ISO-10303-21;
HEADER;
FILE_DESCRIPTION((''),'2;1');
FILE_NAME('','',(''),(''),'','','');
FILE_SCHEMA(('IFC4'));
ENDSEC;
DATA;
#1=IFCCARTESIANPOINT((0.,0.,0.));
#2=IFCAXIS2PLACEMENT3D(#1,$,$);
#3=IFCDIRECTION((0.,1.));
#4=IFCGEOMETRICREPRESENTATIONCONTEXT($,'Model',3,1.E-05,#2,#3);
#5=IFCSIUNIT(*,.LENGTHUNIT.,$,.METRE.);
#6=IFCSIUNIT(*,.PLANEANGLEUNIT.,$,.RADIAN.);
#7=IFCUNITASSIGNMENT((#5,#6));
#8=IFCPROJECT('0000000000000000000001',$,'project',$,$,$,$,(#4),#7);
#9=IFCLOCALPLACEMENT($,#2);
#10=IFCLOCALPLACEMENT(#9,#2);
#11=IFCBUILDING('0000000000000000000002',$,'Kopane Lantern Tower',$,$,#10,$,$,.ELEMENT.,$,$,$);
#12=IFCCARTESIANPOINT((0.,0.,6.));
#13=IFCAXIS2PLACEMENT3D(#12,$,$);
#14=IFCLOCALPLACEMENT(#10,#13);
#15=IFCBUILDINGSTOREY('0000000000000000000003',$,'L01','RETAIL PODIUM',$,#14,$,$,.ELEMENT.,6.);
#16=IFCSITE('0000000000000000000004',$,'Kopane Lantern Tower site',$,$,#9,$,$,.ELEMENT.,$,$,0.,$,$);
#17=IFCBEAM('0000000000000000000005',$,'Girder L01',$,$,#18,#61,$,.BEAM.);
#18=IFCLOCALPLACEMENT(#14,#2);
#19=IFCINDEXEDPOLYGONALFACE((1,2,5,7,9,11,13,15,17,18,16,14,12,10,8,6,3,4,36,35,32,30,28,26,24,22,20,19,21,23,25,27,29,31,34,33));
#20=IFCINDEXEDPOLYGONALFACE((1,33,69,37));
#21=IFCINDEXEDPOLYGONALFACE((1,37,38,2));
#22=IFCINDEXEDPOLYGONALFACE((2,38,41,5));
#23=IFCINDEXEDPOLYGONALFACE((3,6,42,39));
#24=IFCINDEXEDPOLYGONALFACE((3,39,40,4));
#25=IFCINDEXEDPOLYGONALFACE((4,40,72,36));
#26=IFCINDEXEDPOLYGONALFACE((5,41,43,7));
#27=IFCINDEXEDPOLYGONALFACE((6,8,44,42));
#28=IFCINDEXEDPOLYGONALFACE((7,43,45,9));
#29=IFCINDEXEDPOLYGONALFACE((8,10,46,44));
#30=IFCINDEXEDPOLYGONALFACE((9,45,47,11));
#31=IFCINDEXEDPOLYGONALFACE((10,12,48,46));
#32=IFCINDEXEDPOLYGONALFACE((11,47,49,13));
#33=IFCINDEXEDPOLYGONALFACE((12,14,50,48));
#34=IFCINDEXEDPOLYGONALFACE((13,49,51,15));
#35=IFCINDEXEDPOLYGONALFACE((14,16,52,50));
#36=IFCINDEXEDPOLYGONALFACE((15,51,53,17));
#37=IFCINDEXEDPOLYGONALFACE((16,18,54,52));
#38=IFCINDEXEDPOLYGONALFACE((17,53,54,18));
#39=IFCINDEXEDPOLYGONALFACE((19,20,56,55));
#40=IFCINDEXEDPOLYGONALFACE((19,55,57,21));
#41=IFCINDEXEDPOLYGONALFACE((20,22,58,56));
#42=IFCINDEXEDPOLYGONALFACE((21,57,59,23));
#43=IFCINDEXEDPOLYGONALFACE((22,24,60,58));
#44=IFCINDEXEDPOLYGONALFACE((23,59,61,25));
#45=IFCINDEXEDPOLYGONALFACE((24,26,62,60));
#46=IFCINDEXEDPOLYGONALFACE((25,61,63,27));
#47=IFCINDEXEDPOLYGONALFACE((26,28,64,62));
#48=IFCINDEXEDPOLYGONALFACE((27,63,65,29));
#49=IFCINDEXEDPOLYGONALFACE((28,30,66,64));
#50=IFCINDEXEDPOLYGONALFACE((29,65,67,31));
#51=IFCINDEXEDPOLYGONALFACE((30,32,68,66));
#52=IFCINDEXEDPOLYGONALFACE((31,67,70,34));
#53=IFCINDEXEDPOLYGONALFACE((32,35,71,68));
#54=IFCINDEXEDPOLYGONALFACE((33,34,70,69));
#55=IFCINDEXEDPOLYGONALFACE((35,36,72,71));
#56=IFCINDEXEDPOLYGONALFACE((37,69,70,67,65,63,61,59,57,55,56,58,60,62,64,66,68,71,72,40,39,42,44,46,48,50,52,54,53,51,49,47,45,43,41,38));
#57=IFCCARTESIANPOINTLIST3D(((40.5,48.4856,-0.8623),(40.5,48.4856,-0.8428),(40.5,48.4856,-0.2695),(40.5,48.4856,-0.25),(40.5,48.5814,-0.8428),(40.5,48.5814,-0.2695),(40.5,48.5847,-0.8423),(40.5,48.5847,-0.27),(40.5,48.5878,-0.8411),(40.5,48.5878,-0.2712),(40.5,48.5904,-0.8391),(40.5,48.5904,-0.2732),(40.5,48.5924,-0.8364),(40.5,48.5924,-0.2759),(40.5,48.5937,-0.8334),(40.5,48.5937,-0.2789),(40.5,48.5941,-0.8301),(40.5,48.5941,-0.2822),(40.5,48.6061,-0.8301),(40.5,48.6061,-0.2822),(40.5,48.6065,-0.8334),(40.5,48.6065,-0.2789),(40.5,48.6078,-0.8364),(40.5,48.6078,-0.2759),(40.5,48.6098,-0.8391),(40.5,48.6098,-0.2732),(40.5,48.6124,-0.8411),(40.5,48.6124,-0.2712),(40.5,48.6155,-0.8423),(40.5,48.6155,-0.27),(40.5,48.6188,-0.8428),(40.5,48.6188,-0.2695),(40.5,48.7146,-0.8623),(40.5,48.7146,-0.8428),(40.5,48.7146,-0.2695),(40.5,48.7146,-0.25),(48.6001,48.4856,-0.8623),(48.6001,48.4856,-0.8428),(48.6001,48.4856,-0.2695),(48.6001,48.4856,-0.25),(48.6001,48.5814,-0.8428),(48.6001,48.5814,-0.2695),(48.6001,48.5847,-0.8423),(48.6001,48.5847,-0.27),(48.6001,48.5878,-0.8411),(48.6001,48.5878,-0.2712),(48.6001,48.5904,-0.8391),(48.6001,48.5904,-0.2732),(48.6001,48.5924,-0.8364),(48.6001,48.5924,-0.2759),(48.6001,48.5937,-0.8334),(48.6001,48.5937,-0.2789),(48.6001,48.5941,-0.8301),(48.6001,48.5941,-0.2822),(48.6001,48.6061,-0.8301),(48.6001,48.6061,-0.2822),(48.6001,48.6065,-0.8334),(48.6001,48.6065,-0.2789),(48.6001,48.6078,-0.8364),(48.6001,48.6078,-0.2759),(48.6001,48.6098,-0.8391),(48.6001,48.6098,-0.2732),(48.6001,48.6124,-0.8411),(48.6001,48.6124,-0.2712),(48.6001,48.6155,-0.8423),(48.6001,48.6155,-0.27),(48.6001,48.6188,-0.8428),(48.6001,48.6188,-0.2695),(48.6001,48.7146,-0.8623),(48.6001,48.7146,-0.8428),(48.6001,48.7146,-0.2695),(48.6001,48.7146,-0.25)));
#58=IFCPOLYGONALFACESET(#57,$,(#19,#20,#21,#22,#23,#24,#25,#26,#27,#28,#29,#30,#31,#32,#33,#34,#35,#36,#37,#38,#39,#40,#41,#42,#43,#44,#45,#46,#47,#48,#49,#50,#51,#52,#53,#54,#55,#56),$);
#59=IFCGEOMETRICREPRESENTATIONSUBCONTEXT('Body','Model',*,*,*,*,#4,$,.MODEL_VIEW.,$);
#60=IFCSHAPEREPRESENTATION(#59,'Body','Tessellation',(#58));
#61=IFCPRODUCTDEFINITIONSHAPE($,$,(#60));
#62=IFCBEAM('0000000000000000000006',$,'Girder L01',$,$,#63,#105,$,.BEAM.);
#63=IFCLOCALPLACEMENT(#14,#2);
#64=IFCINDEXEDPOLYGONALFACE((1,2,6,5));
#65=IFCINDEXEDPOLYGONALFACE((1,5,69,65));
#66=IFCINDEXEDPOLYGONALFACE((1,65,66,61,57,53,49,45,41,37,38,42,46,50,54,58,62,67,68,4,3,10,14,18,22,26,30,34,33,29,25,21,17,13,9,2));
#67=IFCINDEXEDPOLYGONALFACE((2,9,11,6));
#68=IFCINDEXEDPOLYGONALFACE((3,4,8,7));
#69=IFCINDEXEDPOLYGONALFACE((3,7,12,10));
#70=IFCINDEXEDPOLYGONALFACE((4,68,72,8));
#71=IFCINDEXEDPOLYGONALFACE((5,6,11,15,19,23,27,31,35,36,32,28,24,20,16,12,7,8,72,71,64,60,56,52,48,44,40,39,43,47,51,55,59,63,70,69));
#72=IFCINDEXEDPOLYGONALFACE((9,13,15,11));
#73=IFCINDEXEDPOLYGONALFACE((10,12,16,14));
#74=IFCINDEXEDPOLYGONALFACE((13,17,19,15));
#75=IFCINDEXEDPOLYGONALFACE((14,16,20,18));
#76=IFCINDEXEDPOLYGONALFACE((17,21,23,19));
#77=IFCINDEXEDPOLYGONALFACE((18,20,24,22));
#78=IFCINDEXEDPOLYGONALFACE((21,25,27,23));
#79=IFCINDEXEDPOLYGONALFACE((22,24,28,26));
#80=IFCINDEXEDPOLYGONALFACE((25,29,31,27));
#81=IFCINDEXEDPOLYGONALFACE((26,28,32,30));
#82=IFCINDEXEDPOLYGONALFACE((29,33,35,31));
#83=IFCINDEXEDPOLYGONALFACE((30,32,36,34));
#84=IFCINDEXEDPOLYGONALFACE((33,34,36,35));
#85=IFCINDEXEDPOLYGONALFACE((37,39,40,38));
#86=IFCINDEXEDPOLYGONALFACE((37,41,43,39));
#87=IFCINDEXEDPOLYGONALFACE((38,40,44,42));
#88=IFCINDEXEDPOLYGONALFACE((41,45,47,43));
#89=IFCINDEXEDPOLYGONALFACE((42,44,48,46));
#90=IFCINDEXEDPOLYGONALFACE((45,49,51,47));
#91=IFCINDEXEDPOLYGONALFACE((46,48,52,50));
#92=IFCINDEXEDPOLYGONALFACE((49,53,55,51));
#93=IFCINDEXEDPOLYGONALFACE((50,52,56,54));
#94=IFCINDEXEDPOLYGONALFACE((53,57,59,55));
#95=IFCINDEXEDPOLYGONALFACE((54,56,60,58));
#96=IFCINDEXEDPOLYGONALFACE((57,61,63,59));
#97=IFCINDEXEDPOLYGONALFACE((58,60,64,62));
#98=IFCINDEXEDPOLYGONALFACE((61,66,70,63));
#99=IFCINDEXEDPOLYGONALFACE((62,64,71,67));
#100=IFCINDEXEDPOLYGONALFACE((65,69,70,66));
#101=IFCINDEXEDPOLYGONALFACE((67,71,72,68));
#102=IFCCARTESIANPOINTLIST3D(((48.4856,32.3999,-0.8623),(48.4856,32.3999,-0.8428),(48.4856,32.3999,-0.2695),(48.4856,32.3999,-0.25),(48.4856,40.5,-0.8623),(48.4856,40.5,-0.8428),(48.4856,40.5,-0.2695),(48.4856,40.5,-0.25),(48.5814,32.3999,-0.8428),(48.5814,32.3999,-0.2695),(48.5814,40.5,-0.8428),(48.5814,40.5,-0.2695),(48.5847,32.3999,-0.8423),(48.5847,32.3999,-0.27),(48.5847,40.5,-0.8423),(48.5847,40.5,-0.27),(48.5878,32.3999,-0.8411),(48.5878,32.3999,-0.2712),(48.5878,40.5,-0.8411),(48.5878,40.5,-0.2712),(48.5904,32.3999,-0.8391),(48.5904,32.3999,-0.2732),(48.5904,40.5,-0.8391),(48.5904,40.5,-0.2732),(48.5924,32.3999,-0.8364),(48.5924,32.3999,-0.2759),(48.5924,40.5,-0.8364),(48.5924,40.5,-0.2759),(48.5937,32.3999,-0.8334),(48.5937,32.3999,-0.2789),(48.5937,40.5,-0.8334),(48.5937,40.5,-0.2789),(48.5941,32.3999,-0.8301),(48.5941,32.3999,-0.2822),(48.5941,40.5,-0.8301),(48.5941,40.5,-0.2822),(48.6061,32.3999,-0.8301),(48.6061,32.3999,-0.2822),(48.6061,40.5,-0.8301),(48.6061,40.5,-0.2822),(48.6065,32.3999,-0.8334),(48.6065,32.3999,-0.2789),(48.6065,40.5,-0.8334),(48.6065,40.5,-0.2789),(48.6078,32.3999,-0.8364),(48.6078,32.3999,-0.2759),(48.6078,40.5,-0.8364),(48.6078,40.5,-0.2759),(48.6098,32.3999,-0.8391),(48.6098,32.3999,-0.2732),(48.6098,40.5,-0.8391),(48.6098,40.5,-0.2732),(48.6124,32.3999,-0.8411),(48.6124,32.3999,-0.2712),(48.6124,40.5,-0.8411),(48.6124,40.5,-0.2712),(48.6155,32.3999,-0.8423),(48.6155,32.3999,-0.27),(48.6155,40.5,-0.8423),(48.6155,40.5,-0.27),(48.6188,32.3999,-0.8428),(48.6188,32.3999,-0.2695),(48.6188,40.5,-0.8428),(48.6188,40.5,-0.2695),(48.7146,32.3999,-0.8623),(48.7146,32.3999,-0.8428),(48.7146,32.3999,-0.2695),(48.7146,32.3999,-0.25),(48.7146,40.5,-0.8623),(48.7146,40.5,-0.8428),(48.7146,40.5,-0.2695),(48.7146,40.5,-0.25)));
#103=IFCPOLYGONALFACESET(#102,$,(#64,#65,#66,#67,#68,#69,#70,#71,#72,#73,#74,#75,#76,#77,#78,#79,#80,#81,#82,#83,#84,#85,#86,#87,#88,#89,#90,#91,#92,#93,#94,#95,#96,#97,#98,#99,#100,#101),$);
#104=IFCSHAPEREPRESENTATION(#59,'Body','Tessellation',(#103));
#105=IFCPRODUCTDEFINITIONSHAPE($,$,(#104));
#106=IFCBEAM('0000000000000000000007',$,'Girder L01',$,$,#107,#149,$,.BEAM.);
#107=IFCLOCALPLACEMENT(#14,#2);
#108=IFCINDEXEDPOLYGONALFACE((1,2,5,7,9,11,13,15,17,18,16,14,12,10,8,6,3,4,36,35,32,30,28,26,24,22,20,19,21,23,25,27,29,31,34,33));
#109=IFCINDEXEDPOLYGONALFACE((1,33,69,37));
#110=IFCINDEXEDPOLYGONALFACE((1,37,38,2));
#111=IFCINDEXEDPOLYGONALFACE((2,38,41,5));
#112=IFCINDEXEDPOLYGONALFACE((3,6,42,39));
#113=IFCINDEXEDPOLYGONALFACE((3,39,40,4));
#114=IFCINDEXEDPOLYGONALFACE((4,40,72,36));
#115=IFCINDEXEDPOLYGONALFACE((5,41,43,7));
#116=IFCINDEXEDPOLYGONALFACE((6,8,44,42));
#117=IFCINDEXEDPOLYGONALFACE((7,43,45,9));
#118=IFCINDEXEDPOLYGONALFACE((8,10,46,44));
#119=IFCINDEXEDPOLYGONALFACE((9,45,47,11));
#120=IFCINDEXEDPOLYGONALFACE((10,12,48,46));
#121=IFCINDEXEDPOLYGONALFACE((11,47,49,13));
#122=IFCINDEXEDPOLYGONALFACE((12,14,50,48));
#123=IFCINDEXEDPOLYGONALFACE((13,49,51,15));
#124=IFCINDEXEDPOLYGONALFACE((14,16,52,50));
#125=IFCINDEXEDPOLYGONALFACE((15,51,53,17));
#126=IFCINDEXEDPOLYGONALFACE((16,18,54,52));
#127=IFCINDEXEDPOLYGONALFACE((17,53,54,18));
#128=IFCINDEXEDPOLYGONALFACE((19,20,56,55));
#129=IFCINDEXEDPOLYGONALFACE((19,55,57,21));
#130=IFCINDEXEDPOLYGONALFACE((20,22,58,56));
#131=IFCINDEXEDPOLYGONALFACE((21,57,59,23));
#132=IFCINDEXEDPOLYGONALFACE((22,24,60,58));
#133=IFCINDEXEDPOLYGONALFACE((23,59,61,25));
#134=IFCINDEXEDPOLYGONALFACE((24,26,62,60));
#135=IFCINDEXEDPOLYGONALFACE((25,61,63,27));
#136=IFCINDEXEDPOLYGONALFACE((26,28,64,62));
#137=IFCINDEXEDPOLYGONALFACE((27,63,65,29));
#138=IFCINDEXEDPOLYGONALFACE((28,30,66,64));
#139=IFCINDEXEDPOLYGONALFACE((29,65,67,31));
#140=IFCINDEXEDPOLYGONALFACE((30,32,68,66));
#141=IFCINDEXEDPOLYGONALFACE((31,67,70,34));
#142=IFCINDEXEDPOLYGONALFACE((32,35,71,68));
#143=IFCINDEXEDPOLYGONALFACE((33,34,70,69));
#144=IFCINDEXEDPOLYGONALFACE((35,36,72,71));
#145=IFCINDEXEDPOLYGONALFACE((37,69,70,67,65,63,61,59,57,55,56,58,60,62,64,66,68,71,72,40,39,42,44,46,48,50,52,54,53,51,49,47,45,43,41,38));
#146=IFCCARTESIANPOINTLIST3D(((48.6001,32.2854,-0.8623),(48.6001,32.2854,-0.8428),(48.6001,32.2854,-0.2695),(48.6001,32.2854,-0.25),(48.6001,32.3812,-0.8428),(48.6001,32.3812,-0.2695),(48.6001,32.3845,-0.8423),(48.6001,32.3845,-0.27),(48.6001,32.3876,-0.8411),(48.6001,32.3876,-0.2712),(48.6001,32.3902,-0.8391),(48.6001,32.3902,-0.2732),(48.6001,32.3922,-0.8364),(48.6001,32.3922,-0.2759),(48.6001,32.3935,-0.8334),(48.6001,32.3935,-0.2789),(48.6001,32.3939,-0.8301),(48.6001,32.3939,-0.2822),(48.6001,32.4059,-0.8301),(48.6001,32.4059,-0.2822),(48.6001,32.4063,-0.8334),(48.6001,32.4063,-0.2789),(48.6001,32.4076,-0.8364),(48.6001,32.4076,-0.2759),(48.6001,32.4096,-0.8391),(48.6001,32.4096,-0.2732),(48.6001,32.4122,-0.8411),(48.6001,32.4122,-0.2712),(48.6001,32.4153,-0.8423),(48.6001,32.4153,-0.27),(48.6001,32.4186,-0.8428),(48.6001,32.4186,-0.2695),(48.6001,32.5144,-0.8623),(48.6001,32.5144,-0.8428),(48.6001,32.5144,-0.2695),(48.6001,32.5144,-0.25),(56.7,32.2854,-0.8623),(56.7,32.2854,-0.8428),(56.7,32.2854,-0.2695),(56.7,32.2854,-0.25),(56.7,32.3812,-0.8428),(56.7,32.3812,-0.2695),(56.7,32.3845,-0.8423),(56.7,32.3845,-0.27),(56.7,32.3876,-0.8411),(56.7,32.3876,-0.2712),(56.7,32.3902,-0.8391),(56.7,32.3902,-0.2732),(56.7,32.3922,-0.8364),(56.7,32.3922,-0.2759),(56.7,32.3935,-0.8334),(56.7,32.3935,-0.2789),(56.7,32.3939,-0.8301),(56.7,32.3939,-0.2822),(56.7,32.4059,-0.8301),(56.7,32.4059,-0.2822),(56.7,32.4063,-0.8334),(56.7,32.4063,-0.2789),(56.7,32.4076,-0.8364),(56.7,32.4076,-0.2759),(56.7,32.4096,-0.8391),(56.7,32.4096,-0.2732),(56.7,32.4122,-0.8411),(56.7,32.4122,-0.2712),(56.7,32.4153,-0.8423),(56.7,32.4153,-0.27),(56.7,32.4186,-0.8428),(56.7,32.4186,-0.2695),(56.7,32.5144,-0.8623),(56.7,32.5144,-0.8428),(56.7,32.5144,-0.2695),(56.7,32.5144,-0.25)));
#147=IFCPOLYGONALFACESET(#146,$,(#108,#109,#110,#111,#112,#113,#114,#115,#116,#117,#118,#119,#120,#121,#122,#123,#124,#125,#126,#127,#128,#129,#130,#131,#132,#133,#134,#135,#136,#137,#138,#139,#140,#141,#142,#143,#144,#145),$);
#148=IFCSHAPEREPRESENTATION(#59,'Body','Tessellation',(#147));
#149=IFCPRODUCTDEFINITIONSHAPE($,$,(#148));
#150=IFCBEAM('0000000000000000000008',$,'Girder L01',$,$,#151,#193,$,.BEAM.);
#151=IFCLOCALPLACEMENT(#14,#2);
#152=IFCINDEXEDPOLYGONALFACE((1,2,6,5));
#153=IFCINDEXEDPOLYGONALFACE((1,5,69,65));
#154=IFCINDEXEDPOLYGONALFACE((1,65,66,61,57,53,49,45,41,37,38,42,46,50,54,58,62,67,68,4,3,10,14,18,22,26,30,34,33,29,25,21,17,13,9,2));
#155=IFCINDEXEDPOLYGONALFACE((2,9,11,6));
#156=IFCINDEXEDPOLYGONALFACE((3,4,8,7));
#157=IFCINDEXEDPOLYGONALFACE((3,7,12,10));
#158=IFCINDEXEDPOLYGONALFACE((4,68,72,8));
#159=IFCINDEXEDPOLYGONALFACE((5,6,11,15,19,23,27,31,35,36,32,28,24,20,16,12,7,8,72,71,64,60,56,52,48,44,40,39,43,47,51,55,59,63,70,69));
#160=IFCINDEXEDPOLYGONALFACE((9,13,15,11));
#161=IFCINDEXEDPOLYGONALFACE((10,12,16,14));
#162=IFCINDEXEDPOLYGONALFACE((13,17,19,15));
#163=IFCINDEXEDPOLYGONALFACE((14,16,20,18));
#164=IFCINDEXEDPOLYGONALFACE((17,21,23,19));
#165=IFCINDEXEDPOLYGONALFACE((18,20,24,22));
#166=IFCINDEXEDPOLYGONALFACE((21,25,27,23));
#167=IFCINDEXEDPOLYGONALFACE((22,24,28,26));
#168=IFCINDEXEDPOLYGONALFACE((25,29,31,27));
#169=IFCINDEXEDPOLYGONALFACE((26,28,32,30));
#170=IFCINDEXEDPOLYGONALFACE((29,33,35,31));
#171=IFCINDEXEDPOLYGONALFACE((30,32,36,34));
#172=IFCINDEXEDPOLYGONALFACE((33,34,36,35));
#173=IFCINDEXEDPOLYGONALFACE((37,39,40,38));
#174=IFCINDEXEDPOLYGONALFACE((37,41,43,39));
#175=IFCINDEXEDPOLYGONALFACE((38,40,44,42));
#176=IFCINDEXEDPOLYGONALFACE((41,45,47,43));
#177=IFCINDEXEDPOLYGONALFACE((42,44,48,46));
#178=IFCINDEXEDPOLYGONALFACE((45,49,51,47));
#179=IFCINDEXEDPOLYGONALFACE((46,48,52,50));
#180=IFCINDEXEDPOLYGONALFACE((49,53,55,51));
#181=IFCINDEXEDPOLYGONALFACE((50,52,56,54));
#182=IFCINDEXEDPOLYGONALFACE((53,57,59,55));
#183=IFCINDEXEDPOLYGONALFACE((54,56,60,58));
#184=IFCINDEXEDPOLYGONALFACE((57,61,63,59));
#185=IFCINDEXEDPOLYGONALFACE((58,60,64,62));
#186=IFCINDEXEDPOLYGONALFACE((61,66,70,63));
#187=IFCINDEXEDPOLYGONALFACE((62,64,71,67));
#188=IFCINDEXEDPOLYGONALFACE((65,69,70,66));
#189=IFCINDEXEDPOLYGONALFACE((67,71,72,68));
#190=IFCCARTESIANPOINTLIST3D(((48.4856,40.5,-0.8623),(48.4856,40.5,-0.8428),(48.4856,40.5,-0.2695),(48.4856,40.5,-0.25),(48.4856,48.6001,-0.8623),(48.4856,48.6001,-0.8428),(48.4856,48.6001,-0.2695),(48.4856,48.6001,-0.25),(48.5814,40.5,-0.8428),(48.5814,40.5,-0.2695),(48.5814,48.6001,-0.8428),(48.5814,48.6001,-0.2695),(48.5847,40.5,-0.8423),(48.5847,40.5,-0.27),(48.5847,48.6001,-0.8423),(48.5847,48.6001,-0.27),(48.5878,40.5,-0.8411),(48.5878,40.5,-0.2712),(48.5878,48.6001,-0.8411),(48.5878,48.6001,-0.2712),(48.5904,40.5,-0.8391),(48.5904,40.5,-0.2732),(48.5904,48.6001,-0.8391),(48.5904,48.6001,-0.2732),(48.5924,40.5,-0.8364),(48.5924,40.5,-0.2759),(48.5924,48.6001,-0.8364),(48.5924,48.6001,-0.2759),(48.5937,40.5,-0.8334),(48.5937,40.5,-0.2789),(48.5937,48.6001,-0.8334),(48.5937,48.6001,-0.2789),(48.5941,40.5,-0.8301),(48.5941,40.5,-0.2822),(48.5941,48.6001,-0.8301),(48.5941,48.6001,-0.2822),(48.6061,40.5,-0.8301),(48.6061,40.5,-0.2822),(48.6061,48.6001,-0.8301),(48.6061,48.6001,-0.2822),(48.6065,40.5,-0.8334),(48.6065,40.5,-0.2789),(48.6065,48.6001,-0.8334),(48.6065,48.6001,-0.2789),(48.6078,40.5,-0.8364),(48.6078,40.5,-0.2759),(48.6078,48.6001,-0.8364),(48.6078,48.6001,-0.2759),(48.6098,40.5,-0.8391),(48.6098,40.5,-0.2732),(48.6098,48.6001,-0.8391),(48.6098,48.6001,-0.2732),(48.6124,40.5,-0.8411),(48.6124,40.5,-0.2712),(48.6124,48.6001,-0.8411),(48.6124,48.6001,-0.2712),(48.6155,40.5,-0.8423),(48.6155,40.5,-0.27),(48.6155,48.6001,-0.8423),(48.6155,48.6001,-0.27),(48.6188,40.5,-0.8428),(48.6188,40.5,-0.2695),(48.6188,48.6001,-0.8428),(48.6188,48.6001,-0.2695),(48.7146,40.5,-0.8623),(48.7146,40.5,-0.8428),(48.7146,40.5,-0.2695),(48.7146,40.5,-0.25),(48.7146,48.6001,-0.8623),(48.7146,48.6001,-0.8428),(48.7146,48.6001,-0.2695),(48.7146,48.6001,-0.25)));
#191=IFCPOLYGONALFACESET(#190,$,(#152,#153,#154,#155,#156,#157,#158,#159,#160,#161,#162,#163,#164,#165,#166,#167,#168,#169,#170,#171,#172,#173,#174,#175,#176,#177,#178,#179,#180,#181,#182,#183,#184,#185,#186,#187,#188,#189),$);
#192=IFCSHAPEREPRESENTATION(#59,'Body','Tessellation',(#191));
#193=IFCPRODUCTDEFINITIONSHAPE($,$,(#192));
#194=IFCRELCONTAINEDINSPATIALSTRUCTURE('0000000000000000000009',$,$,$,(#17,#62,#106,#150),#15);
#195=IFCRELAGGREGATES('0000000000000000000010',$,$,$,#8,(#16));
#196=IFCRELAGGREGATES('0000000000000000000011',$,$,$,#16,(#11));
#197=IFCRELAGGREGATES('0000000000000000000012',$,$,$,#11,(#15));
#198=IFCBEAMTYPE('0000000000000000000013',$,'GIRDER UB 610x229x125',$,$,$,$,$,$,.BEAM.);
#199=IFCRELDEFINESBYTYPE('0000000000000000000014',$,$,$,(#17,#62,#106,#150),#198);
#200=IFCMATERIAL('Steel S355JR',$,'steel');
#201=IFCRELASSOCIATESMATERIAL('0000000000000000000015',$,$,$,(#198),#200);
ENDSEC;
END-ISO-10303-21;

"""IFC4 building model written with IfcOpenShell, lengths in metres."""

from ifc_helpers import new_model, si_unit, direction, frame, origin, origin_2d, place, context, subcontext, project, spatial, i_section, extrude, material, material_profile, profile_set, type_object, element, save


model = new_model("IFC4")

# Units and contexts
model_context = context("Model", 3, precision=1e-05, world=origin(), true_north=direction((0.0, 1.0)))
body_context = subcontext(model_context, "Body", "Model", "MODEL_VIEW")
ifc_project = project(units=[si_unit("LENGTHUNIT", "METRE"), si_unit("PLANEANGLEUNIT", "RADIAN")], contexts=[model_context])

# Site, building, storey
site_placement = place(None, origin())
site = spatial("IfcSite", under=ifc_project, at=site_placement, Name="Kopane Lantern Tower site", CompositionType="ELEMENT", RefElevation=0.0)
building_placement = place(site_placement, origin())
building = spatial("IfcBuilding", under=site, at=building_placement, Name="Kopane Lantern Tower", CompositionType="ELEMENT")
storey_placement = place(building_placement, frame((0.0, 0.0, 6.0)))
storey = spatial("IfcBuildingStorey", under=building, at=storey_placement, Name="L01", Description="RETAIL PODIUM", CompositionType="ELEMENT", Elevation=6.0)

# Beams
ifc_material_1 = material(Name="Steel S355JR", Category="steel")
ifc_material_profile_1 = material_profile(ifc_material_1, i_section(OverallWidth=0.229, OverallDepth=0.6123, WebThickness=0.012, FlangeThickness=0.0195, FilletRadius=0.0127, at=origin_2d()), Name="UB 610x229x125")
ifc_profile_set_1 = profile_set([ifc_material_profile_1], Name="Steel S355JR")
beam_type = type_object("IfcBeamType", Name="GIRDER UB 610x229x125", PredefinedType="BEAM", material=ifc_profile_set_1)
for number, where, z_axis, x_axis, name in (
    (1, (40.5, 48.6001, -0.5562), (1.0, 0.0, 0.0), (0.0, 1.0, 0.0), "Girder L01"),
    (2, (48.6001, 32.3999, -0.5562), (0.0, 1.0, 0.0), (-1.0, 0.0, 0.0), "Girder L01"),
):
    element("IfcBeam", number, at=place(storey_placement, frame(where, z_axis=z_axis, x_axis=x_axis)), inside=storey, type_object=beam_type, Name=name, PredefinedType="BEAM", context=body_context, shape_type="SweptSolid", body=[
        extrude(i_section(OverallWidth=0.229, OverallDepth=0.6123, WebThickness=0.012, FlangeThickness=0.0195, FilletRadius=0.0127, at=origin_2d()), origin(), (0.0, 0.0, 1.0), 8.1001),
    ])
beam_1_placement = place(storey_placement, frame((48.6001, 32.3999, -0.5562), z_axis=(1.0, 0.0, 0.0), x_axis=(0.0, 1.0, 0.0)))
element("IfcBeam", 3, at=beam_1_placement, inside=storey, type_object=beam_type, Name="Girder L01", PredefinedType="BEAM", context=body_context, shape_type="SweptSolid", body=[
    extrude(i_section(OverallWidth=0.229, OverallDepth=0.6123, WebThickness=0.012, FlangeThickness=0.0195, FilletRadius=0.0127, at=origin_2d()), origin(), (0.0, 0.0, 1.0), 8.0999),
])
beam_2_placement = place(storey_placement, frame((48.6001, 40.5, -0.5562), z_axis=(0.0, 1.0, 0.0), x_axis=(-1.0, 0.0, 0.0)))
element("IfcBeam", 4, at=beam_2_placement, inside=storey, type_object=beam_type, Name="Girder L01", PredefinedType="BEAM", context=body_context, shape_type="SweptSolid", body=[
    extrude(i_section(OverallWidth=0.229, OverallDepth=0.6123, WebThickness=0.012, FlangeThickness=0.0195, FilletRadius=0.0127, at=origin_2d()), origin(), (0.0, 0.0, 1.0), 8.1001),
])

save(model, "model.ifc")
